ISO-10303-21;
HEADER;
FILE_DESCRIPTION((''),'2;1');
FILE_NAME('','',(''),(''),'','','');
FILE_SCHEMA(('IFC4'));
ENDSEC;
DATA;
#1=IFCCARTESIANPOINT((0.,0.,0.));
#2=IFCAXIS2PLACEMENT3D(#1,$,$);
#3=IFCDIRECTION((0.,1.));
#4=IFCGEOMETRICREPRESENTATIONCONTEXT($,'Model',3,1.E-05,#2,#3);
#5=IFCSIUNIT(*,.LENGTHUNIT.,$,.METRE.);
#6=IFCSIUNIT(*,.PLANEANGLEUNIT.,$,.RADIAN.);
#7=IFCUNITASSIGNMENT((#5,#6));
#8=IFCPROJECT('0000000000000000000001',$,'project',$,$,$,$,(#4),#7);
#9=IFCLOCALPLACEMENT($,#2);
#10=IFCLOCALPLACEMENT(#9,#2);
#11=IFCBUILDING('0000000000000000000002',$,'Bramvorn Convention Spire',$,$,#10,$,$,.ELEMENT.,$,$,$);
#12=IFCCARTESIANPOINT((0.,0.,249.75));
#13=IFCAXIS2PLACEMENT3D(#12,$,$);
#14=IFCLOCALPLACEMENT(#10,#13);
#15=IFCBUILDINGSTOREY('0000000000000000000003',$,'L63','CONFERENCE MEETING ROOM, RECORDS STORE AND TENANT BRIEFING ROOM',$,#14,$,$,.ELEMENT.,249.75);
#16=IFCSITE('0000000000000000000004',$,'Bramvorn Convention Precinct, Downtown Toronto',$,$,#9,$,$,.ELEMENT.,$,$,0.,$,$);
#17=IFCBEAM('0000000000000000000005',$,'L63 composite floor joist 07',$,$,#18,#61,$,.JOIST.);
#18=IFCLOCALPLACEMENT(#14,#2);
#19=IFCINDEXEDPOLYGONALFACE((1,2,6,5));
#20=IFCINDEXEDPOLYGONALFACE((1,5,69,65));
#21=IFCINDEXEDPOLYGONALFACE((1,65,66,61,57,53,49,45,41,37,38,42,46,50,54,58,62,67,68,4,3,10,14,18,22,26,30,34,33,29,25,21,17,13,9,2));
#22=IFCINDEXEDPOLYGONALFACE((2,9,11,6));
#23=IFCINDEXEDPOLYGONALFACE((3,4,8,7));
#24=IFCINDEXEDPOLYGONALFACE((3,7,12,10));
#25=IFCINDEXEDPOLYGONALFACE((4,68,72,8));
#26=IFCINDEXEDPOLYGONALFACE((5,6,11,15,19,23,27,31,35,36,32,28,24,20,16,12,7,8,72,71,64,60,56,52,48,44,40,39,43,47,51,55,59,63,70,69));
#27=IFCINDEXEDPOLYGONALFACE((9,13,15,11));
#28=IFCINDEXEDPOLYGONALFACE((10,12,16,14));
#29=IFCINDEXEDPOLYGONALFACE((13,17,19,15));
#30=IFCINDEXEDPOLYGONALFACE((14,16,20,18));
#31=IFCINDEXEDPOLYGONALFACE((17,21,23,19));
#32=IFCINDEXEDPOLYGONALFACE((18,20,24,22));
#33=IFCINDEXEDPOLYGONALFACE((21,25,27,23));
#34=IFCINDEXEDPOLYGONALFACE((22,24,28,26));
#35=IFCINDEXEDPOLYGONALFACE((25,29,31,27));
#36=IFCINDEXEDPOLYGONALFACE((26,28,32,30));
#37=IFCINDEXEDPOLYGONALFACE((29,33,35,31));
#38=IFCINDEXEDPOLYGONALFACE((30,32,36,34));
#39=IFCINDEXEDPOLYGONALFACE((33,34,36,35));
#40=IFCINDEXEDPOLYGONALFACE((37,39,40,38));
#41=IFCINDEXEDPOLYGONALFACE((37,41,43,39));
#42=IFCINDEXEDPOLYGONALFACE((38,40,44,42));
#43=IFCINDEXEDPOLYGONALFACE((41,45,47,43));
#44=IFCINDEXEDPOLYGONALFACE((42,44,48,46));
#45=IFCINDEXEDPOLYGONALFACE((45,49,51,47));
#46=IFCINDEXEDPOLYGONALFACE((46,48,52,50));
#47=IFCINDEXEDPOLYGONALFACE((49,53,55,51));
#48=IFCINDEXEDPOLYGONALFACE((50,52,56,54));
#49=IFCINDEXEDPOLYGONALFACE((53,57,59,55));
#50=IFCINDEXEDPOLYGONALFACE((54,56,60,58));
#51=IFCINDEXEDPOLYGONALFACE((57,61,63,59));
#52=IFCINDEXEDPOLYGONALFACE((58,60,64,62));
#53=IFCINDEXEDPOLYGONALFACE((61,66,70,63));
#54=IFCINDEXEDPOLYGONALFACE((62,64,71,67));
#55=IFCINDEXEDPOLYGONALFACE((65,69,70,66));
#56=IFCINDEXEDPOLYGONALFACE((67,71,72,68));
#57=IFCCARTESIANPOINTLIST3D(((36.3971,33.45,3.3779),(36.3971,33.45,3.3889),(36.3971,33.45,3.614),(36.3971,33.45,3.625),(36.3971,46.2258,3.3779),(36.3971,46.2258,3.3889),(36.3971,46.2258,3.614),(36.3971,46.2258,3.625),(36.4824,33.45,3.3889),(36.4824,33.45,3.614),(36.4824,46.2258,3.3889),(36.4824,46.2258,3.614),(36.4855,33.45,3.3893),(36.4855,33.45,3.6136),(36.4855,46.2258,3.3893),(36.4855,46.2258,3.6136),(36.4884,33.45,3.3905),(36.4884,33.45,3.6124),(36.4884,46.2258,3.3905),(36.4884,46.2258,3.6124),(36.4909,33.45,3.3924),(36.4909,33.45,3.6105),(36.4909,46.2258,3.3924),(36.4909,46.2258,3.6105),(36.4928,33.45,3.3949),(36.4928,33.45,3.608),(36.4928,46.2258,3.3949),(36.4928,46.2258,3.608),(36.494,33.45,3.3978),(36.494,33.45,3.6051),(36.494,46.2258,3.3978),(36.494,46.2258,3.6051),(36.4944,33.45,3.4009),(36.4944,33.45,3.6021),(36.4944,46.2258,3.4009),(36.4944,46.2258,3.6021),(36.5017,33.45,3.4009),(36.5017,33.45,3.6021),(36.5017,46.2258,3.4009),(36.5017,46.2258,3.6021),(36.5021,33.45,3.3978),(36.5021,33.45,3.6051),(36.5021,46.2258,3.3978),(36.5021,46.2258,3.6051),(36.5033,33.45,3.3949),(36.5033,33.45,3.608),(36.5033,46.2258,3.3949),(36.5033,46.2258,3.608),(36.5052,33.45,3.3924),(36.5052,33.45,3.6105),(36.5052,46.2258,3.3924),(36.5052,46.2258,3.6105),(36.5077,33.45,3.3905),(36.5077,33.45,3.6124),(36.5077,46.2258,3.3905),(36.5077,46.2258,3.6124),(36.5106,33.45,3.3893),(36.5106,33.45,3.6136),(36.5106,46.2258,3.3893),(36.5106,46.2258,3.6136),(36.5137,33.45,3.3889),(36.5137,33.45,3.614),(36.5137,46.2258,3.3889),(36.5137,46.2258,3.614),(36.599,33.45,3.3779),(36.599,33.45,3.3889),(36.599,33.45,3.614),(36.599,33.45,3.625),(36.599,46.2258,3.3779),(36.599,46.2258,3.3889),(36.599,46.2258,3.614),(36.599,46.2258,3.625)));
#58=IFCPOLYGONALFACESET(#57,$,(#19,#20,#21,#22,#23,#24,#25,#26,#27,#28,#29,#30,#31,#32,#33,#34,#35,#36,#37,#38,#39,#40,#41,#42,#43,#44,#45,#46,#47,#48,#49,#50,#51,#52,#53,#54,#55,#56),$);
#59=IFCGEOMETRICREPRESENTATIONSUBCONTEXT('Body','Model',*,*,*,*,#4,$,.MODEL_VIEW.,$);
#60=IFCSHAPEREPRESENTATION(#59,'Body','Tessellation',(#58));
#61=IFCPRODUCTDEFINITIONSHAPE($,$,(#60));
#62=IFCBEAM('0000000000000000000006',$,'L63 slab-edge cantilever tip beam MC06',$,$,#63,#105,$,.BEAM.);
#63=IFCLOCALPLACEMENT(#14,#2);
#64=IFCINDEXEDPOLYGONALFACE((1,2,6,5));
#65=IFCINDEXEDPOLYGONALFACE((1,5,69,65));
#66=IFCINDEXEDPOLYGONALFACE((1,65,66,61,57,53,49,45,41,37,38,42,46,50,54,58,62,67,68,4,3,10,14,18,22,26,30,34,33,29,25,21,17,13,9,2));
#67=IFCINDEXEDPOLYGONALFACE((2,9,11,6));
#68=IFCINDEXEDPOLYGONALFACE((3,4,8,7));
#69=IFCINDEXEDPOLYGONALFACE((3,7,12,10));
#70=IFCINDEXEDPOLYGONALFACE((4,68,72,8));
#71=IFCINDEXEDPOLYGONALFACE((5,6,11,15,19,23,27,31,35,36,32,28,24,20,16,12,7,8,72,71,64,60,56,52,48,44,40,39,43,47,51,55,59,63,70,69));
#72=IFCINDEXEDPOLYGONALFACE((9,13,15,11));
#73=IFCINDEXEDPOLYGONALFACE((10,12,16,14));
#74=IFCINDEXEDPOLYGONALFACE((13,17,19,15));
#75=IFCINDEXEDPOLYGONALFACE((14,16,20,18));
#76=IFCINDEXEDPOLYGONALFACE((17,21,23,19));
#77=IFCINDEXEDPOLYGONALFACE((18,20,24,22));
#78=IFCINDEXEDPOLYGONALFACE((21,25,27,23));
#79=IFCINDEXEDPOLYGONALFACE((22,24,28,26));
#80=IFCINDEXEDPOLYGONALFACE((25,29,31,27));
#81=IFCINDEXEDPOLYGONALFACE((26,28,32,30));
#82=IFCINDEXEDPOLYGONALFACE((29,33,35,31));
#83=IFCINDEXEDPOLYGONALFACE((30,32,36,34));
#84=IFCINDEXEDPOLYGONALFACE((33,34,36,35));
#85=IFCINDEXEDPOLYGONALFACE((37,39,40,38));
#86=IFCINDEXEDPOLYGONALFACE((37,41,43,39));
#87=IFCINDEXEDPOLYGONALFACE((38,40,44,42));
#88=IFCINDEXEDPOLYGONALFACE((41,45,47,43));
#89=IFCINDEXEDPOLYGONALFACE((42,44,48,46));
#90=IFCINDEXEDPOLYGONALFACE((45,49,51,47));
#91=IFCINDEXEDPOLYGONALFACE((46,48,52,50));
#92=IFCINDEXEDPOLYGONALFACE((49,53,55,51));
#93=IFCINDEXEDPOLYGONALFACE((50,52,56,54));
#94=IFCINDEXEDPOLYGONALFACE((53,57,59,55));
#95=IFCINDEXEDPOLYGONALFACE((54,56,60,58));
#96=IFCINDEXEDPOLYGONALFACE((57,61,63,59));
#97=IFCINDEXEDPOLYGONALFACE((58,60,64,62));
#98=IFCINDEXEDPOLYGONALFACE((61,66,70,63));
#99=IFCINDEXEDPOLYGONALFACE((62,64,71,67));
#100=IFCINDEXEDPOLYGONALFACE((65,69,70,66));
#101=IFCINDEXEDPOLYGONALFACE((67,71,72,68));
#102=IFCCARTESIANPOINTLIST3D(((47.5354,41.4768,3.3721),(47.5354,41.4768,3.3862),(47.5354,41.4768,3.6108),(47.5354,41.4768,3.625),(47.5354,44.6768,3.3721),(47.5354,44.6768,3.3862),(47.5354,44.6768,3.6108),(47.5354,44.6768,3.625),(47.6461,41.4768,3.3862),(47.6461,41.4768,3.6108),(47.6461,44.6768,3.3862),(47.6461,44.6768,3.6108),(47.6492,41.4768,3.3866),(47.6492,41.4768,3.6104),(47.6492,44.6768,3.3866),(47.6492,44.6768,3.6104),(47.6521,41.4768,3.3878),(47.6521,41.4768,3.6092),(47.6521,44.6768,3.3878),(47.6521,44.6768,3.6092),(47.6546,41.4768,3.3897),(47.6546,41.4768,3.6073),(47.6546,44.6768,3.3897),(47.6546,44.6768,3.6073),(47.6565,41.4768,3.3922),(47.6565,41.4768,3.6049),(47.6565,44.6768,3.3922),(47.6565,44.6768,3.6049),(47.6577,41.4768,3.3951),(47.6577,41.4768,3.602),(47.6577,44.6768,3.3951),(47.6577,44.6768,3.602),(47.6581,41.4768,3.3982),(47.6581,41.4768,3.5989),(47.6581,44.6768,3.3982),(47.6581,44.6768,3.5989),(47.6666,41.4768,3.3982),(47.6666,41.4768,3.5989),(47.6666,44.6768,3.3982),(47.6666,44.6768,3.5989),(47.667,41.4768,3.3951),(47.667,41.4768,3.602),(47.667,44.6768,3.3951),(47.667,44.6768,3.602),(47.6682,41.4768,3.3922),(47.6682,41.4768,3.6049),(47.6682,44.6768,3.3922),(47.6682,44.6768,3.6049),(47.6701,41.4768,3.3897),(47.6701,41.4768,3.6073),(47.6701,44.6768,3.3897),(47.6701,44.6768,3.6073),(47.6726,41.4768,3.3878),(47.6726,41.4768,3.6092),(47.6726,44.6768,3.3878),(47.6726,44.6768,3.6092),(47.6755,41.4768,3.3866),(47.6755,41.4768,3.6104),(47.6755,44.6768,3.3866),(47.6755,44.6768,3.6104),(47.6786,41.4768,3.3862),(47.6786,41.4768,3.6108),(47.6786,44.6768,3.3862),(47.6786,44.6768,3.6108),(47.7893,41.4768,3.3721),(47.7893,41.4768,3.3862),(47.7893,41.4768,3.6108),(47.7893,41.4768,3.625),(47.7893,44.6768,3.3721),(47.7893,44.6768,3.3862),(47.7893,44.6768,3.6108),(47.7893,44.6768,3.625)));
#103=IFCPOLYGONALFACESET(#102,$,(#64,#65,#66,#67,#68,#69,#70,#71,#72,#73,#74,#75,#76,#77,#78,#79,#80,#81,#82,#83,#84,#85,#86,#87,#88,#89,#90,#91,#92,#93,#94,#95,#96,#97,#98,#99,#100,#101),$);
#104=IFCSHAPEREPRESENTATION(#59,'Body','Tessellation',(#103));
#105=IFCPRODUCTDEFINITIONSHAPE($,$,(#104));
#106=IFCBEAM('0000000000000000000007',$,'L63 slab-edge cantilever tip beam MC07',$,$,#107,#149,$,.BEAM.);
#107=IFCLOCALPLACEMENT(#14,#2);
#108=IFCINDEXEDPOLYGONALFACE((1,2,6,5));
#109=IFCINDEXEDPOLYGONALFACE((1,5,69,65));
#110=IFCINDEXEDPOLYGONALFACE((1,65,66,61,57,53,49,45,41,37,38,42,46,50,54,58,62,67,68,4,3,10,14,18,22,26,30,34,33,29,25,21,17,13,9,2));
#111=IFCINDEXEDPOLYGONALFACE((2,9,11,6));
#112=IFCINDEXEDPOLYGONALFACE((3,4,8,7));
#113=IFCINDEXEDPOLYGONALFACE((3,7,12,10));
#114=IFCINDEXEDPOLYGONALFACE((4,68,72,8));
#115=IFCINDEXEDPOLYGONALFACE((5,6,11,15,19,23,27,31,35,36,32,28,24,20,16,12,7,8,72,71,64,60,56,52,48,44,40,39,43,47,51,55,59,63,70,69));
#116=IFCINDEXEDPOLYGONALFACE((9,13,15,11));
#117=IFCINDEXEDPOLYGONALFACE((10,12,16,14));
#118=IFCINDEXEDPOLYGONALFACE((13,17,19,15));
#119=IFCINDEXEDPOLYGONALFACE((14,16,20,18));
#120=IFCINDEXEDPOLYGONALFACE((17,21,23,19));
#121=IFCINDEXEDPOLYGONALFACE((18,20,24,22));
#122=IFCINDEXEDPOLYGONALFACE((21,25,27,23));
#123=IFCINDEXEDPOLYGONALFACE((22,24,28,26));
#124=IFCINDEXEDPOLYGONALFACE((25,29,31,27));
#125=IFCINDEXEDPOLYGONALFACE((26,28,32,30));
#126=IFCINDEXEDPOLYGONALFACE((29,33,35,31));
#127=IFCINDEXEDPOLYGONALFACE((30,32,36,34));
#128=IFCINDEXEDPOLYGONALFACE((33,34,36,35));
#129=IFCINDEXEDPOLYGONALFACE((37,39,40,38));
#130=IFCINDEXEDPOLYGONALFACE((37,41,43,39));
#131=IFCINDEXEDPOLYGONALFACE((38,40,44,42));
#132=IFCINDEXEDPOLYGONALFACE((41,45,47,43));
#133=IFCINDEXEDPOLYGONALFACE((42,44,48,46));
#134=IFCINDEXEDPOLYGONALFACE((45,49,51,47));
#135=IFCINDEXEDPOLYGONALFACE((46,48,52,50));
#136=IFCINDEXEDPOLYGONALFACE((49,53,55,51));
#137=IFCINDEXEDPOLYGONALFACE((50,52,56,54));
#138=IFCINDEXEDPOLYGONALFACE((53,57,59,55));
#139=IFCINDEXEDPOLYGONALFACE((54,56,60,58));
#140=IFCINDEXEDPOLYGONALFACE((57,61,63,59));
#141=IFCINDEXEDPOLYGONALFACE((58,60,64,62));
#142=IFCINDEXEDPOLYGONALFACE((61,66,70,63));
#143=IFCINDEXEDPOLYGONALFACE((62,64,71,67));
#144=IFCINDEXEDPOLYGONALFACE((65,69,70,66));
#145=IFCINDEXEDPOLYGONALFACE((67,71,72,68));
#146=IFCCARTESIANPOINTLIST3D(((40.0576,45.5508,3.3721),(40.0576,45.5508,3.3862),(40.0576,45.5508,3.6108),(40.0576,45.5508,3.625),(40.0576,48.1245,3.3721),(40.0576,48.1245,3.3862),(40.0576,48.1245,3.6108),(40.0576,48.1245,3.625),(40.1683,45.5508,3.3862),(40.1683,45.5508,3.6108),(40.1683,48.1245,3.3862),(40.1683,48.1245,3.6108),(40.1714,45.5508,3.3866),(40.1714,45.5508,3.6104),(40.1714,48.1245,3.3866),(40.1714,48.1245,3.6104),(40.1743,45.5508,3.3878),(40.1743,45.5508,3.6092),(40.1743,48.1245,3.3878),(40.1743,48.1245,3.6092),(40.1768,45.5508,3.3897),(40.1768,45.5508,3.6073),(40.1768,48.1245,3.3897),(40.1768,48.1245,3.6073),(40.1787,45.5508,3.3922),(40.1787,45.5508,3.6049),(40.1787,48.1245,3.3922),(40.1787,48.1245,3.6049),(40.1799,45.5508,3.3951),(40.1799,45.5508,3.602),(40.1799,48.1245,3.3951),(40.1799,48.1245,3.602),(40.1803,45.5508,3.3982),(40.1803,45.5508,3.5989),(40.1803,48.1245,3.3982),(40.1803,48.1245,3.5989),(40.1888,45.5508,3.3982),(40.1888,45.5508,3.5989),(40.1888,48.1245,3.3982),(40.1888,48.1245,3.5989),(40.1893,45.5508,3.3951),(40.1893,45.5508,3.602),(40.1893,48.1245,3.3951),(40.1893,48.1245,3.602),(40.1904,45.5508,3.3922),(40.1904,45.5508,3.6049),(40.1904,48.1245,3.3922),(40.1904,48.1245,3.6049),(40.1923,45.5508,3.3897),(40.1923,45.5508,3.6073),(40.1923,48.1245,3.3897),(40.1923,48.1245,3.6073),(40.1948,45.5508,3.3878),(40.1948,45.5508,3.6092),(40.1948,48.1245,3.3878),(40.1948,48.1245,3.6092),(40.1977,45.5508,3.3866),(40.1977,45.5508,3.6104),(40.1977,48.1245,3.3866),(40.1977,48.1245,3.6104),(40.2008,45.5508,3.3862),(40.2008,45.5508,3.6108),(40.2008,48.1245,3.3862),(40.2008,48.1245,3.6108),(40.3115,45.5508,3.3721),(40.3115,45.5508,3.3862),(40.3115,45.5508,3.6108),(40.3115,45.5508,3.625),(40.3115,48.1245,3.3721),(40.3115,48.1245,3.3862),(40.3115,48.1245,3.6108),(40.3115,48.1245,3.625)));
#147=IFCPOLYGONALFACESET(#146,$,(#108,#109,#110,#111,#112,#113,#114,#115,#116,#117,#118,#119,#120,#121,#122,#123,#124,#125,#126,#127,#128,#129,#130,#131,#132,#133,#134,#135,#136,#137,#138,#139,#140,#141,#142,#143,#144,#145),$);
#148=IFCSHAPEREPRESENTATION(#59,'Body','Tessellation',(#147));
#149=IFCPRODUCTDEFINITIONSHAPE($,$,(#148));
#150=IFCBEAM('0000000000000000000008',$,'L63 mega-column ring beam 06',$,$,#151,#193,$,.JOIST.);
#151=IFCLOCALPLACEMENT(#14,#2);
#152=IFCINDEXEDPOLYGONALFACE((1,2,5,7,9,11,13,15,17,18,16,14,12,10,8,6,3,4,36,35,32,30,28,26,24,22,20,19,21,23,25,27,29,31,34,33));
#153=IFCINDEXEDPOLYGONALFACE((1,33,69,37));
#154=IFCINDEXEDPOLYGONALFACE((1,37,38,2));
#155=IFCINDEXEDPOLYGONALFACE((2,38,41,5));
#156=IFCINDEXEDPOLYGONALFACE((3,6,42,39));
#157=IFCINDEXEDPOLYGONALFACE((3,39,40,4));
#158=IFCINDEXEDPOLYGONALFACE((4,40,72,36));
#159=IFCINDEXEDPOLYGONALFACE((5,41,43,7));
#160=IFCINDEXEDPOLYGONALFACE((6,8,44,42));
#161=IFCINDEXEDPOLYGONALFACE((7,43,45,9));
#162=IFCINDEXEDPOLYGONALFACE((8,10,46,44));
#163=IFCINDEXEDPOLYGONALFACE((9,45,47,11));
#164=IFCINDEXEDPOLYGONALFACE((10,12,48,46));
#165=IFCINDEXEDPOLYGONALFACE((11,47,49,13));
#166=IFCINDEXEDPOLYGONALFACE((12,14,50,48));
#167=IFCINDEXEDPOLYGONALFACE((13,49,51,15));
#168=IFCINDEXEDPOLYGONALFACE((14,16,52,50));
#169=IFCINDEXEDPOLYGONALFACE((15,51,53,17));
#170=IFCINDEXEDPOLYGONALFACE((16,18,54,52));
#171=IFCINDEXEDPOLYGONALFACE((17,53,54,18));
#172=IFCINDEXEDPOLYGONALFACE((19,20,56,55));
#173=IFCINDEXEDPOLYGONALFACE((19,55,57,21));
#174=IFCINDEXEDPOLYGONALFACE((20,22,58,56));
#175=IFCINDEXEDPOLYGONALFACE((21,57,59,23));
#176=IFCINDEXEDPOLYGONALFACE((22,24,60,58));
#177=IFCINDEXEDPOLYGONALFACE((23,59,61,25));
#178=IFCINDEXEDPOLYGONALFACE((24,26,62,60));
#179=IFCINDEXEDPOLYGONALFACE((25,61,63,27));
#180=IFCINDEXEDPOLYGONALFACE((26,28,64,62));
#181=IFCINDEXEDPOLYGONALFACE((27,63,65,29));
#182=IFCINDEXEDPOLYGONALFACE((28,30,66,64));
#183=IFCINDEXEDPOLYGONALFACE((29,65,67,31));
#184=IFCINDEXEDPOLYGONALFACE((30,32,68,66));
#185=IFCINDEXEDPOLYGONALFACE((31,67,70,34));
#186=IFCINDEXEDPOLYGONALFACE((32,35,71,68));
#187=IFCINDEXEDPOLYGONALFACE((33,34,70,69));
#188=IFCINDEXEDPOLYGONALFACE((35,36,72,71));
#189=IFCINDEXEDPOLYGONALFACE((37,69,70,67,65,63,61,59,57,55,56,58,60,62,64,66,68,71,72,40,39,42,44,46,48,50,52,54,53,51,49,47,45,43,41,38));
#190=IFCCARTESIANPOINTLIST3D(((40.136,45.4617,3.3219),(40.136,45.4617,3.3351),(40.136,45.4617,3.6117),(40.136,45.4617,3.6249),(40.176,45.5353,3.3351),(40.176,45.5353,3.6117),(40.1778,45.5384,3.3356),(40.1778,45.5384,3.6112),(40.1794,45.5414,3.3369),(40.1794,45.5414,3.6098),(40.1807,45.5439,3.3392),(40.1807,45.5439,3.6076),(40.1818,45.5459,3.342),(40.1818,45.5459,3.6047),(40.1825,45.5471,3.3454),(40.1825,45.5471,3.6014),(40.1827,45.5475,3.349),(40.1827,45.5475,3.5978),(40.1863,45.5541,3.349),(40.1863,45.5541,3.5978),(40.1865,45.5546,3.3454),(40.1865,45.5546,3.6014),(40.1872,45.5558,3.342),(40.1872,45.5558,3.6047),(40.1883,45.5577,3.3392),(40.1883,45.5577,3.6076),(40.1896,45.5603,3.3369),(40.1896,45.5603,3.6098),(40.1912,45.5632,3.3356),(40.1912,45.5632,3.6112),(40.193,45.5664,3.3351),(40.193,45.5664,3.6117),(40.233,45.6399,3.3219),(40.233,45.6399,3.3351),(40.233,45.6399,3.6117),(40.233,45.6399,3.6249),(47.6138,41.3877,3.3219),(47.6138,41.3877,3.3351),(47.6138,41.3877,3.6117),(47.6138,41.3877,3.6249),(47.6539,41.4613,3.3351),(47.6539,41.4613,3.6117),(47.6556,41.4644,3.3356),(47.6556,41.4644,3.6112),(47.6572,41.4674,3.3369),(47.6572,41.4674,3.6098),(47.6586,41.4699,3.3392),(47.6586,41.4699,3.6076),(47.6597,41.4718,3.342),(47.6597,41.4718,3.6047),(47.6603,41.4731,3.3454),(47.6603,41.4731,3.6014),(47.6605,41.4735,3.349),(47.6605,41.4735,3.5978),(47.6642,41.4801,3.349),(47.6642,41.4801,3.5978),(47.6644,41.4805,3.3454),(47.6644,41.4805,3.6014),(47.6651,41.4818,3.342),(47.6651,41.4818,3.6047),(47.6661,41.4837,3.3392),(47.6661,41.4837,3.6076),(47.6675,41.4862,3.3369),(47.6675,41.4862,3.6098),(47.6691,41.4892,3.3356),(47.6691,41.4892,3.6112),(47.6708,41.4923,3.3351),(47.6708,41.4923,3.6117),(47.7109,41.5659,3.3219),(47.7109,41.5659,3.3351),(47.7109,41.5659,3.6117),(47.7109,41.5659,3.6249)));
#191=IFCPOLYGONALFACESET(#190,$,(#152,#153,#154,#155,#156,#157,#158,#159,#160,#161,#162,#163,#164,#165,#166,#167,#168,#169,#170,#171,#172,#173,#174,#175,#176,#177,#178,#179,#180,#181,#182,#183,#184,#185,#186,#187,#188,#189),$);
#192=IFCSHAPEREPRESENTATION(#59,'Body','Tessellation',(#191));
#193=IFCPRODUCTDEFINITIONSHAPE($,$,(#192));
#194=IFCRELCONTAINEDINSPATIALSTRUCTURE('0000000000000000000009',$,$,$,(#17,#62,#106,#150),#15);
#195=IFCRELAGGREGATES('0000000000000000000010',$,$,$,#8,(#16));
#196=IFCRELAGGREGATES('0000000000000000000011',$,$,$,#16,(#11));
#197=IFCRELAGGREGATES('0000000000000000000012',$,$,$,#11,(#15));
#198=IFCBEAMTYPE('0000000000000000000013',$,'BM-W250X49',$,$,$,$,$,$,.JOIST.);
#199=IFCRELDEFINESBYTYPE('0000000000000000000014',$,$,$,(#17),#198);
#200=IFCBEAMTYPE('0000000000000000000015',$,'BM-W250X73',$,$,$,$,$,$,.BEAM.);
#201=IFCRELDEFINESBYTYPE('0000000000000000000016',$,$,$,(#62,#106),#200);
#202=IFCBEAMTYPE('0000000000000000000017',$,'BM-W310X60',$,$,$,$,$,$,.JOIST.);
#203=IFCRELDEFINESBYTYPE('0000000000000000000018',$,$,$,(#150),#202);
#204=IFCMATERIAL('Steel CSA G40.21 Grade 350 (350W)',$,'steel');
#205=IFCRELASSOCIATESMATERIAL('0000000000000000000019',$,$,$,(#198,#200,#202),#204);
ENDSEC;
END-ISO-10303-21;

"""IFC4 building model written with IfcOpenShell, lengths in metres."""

from ifc_helpers import new_model, si_unit, direction, frame, origin, origin_2d, place, context, subcontext, project, spatial, i_section, extrude, material, material_profile, profile_set, type_object, element, save


model = new_model("IFC4")

# Units and contexts
model_context = context("Model", 3, precision=1e-05, world=origin(), true_north=direction((0.0, 1.0)))
body_context = subcontext(model_context, "Body", "Model", "MODEL_VIEW")
ifc_project = project(units=[si_unit("LENGTHUNIT", "METRE"), si_unit("PLANEANGLEUNIT", "RADIAN")], contexts=[model_context])

# Site, building, storey
site_placement = place(None, origin())
site = spatial("IfcSite", under=ifc_project, at=site_placement, Name="Bramvorn Convention Precinct, Downtown Toronto", CompositionType="ELEMENT", RefElevation=0.0)
building_placement = place(site_placement, origin())
building = spatial("IfcBuilding", under=site, at=building_placement, Name="Bramvorn Convention Spire", CompositionType="ELEMENT")
storey_placement = place(building_placement, frame((0.0, 0.0, 249.75)))
storey = spatial("IfcBuildingStorey", under=building, at=storey_placement, Name="L63", Description="CONFERENCE MEETING ROOM, RECORDS STORE AND TENANT BRIEFING ROOM", CompositionType="ELEMENT", Elevation=249.75)

# Shared definitions
ifc_material_1 = material(Name="Steel CSA G40.21 Grade 350 (350W)", Category="steel")

# Beams
ifc_material_profile_1 = material_profile(ifc_material_1, i_section(OverallWidth=0.2019, OverallDepth=0.2471, WebThickness=0.0073, FlangeThickness=0.011, FilletRadius=0.012, at=origin_2d()))
ifc_profile_set_1 = profile_set([ifc_material_profile_1], Name="Steel CSA G40.21 Grade 350 (350W) - W250X49")
beam_type_1 = type_object("IfcBeamType", Name="BM-W250X49", PredefinedType="JOIST", material=ifc_profile_set_1)
beam_1_placement = place(storey_placement, frame((36.498, 33.45, 3.5015), z_axis=(0.0, 1.0, 0.0), x_axis=(-1.0, 0.0, 0.0)))
element("IfcBeam", 1, at=beam_1_placement, inside=storey, type_object=beam_type_1, Name="L63 composite floor joist 07", PredefinedType="JOIST", context=body_context, shape_type="SweptSolid", body=[
    extrude(i_section(OverallWidth=0.2019, OverallDepth=0.2471, WebThickness=0.0073, FlangeThickness=0.011, FilletRadius=0.012, at=origin_2d()), origin(), (0.0, 0.0, 1.0), 12.7759),
])
ifc_material_profile_2 = material_profile(ifc_material_1, i_section(OverallWidth=0.2539, OverallDepth=0.2529, WebThickness=0.0085, FlangeThickness=0.0142, FilletRadius=0.012, at=origin_2d()))
ifc_profile_set_2 = profile_set([ifc_material_profile_2], Name="Steel CSA G40.21 Grade 350 (350W) - W250X73")
beam_type_2 = type_object("IfcBeamType", Name="BM-W250X73", PredefinedType="BEAM", material=ifc_profile_set_2)
beam_2_placement = place(storey_placement, frame((47.6624, 41.4768, 3.4985), z_axis=(0.0, 1.0, 0.0), x_axis=(-1.0, 0.0, 0.0)))
element("IfcBeam", 2, at=beam_2_placement, inside=storey, type_object=beam_type_2, Name="L63 slab-edge cantilever tip beam MC06", PredefinedType="BEAM", context=body_context, shape_type="SweptSolid", body=[
    extrude(i_section(OverallWidth=0.2539, OverallDepth=0.2529, WebThickness=0.0085, FlangeThickness=0.0142, FilletRadius=0.012, at=origin_2d()), origin(), (0.0, 0.0, 1.0), 3.2),
])
beam_3_placement = place(storey_placement, frame((40.1846, 45.5508, 3.4985), z_axis=(0.0, 1.0, 0.0), x_axis=(-1.0, 0.0, 0.0)))
element("IfcBeam", 3, at=beam_3_placement, inside=storey, type_object=beam_type_2, Name="L63 slab-edge cantilever tip beam MC07", PredefinedType="BEAM", context=body_context, shape_type="SweptSolid", body=[
    extrude(i_section(OverallWidth=0.2539, OverallDepth=0.2529, WebThickness=0.0085, FlangeThickness=0.0142, FilletRadius=0.012, at=origin_2d()), origin(), (0.0, 0.0, 1.0), 2.5737),
])
ifc_material_profile_3 = material_profile(ifc_material_1, i_section(OverallWidth=0.2029, OverallDepth=0.303, WebThickness=0.0076, FlangeThickness=0.0132, FilletRadius=0.0139, at=origin_2d()))
ifc_profile_set_3 = profile_set([ifc_material_profile_3], Name="Steel CSA G40.21 Grade 350 (350W) - W310X60")
beam_type_3 = type_object("IfcBeamType", Name="BM-W310X60", PredefinedType="JOIST", material=ifc_profile_set_3)
beam_4_placement = place(storey_placement, frame((47.6624, 41.4768, 3.4734), z_axis=(-0.878133, 0.478416, 0.0), x_axis=(-0.478416, -0.878133, 0.0)))
element("IfcBeam", 4, at=beam_4_placement, inside=storey, type_object=beam_type_3, Name="L63 mega-column ring beam 06", PredefinedType="JOIST", context=body_context, shape_type="SweptSolid", body=[
    extrude(i_section(OverallWidth=0.2029, OverallDepth=0.303, WebThickness=0.0076, FlangeThickness=0.0132, FilletRadius=0.0139, at=origin_2d()), origin(), (0.0, 0.0, 1.0), 8.5156),
])

save(model, "model.ifc")
